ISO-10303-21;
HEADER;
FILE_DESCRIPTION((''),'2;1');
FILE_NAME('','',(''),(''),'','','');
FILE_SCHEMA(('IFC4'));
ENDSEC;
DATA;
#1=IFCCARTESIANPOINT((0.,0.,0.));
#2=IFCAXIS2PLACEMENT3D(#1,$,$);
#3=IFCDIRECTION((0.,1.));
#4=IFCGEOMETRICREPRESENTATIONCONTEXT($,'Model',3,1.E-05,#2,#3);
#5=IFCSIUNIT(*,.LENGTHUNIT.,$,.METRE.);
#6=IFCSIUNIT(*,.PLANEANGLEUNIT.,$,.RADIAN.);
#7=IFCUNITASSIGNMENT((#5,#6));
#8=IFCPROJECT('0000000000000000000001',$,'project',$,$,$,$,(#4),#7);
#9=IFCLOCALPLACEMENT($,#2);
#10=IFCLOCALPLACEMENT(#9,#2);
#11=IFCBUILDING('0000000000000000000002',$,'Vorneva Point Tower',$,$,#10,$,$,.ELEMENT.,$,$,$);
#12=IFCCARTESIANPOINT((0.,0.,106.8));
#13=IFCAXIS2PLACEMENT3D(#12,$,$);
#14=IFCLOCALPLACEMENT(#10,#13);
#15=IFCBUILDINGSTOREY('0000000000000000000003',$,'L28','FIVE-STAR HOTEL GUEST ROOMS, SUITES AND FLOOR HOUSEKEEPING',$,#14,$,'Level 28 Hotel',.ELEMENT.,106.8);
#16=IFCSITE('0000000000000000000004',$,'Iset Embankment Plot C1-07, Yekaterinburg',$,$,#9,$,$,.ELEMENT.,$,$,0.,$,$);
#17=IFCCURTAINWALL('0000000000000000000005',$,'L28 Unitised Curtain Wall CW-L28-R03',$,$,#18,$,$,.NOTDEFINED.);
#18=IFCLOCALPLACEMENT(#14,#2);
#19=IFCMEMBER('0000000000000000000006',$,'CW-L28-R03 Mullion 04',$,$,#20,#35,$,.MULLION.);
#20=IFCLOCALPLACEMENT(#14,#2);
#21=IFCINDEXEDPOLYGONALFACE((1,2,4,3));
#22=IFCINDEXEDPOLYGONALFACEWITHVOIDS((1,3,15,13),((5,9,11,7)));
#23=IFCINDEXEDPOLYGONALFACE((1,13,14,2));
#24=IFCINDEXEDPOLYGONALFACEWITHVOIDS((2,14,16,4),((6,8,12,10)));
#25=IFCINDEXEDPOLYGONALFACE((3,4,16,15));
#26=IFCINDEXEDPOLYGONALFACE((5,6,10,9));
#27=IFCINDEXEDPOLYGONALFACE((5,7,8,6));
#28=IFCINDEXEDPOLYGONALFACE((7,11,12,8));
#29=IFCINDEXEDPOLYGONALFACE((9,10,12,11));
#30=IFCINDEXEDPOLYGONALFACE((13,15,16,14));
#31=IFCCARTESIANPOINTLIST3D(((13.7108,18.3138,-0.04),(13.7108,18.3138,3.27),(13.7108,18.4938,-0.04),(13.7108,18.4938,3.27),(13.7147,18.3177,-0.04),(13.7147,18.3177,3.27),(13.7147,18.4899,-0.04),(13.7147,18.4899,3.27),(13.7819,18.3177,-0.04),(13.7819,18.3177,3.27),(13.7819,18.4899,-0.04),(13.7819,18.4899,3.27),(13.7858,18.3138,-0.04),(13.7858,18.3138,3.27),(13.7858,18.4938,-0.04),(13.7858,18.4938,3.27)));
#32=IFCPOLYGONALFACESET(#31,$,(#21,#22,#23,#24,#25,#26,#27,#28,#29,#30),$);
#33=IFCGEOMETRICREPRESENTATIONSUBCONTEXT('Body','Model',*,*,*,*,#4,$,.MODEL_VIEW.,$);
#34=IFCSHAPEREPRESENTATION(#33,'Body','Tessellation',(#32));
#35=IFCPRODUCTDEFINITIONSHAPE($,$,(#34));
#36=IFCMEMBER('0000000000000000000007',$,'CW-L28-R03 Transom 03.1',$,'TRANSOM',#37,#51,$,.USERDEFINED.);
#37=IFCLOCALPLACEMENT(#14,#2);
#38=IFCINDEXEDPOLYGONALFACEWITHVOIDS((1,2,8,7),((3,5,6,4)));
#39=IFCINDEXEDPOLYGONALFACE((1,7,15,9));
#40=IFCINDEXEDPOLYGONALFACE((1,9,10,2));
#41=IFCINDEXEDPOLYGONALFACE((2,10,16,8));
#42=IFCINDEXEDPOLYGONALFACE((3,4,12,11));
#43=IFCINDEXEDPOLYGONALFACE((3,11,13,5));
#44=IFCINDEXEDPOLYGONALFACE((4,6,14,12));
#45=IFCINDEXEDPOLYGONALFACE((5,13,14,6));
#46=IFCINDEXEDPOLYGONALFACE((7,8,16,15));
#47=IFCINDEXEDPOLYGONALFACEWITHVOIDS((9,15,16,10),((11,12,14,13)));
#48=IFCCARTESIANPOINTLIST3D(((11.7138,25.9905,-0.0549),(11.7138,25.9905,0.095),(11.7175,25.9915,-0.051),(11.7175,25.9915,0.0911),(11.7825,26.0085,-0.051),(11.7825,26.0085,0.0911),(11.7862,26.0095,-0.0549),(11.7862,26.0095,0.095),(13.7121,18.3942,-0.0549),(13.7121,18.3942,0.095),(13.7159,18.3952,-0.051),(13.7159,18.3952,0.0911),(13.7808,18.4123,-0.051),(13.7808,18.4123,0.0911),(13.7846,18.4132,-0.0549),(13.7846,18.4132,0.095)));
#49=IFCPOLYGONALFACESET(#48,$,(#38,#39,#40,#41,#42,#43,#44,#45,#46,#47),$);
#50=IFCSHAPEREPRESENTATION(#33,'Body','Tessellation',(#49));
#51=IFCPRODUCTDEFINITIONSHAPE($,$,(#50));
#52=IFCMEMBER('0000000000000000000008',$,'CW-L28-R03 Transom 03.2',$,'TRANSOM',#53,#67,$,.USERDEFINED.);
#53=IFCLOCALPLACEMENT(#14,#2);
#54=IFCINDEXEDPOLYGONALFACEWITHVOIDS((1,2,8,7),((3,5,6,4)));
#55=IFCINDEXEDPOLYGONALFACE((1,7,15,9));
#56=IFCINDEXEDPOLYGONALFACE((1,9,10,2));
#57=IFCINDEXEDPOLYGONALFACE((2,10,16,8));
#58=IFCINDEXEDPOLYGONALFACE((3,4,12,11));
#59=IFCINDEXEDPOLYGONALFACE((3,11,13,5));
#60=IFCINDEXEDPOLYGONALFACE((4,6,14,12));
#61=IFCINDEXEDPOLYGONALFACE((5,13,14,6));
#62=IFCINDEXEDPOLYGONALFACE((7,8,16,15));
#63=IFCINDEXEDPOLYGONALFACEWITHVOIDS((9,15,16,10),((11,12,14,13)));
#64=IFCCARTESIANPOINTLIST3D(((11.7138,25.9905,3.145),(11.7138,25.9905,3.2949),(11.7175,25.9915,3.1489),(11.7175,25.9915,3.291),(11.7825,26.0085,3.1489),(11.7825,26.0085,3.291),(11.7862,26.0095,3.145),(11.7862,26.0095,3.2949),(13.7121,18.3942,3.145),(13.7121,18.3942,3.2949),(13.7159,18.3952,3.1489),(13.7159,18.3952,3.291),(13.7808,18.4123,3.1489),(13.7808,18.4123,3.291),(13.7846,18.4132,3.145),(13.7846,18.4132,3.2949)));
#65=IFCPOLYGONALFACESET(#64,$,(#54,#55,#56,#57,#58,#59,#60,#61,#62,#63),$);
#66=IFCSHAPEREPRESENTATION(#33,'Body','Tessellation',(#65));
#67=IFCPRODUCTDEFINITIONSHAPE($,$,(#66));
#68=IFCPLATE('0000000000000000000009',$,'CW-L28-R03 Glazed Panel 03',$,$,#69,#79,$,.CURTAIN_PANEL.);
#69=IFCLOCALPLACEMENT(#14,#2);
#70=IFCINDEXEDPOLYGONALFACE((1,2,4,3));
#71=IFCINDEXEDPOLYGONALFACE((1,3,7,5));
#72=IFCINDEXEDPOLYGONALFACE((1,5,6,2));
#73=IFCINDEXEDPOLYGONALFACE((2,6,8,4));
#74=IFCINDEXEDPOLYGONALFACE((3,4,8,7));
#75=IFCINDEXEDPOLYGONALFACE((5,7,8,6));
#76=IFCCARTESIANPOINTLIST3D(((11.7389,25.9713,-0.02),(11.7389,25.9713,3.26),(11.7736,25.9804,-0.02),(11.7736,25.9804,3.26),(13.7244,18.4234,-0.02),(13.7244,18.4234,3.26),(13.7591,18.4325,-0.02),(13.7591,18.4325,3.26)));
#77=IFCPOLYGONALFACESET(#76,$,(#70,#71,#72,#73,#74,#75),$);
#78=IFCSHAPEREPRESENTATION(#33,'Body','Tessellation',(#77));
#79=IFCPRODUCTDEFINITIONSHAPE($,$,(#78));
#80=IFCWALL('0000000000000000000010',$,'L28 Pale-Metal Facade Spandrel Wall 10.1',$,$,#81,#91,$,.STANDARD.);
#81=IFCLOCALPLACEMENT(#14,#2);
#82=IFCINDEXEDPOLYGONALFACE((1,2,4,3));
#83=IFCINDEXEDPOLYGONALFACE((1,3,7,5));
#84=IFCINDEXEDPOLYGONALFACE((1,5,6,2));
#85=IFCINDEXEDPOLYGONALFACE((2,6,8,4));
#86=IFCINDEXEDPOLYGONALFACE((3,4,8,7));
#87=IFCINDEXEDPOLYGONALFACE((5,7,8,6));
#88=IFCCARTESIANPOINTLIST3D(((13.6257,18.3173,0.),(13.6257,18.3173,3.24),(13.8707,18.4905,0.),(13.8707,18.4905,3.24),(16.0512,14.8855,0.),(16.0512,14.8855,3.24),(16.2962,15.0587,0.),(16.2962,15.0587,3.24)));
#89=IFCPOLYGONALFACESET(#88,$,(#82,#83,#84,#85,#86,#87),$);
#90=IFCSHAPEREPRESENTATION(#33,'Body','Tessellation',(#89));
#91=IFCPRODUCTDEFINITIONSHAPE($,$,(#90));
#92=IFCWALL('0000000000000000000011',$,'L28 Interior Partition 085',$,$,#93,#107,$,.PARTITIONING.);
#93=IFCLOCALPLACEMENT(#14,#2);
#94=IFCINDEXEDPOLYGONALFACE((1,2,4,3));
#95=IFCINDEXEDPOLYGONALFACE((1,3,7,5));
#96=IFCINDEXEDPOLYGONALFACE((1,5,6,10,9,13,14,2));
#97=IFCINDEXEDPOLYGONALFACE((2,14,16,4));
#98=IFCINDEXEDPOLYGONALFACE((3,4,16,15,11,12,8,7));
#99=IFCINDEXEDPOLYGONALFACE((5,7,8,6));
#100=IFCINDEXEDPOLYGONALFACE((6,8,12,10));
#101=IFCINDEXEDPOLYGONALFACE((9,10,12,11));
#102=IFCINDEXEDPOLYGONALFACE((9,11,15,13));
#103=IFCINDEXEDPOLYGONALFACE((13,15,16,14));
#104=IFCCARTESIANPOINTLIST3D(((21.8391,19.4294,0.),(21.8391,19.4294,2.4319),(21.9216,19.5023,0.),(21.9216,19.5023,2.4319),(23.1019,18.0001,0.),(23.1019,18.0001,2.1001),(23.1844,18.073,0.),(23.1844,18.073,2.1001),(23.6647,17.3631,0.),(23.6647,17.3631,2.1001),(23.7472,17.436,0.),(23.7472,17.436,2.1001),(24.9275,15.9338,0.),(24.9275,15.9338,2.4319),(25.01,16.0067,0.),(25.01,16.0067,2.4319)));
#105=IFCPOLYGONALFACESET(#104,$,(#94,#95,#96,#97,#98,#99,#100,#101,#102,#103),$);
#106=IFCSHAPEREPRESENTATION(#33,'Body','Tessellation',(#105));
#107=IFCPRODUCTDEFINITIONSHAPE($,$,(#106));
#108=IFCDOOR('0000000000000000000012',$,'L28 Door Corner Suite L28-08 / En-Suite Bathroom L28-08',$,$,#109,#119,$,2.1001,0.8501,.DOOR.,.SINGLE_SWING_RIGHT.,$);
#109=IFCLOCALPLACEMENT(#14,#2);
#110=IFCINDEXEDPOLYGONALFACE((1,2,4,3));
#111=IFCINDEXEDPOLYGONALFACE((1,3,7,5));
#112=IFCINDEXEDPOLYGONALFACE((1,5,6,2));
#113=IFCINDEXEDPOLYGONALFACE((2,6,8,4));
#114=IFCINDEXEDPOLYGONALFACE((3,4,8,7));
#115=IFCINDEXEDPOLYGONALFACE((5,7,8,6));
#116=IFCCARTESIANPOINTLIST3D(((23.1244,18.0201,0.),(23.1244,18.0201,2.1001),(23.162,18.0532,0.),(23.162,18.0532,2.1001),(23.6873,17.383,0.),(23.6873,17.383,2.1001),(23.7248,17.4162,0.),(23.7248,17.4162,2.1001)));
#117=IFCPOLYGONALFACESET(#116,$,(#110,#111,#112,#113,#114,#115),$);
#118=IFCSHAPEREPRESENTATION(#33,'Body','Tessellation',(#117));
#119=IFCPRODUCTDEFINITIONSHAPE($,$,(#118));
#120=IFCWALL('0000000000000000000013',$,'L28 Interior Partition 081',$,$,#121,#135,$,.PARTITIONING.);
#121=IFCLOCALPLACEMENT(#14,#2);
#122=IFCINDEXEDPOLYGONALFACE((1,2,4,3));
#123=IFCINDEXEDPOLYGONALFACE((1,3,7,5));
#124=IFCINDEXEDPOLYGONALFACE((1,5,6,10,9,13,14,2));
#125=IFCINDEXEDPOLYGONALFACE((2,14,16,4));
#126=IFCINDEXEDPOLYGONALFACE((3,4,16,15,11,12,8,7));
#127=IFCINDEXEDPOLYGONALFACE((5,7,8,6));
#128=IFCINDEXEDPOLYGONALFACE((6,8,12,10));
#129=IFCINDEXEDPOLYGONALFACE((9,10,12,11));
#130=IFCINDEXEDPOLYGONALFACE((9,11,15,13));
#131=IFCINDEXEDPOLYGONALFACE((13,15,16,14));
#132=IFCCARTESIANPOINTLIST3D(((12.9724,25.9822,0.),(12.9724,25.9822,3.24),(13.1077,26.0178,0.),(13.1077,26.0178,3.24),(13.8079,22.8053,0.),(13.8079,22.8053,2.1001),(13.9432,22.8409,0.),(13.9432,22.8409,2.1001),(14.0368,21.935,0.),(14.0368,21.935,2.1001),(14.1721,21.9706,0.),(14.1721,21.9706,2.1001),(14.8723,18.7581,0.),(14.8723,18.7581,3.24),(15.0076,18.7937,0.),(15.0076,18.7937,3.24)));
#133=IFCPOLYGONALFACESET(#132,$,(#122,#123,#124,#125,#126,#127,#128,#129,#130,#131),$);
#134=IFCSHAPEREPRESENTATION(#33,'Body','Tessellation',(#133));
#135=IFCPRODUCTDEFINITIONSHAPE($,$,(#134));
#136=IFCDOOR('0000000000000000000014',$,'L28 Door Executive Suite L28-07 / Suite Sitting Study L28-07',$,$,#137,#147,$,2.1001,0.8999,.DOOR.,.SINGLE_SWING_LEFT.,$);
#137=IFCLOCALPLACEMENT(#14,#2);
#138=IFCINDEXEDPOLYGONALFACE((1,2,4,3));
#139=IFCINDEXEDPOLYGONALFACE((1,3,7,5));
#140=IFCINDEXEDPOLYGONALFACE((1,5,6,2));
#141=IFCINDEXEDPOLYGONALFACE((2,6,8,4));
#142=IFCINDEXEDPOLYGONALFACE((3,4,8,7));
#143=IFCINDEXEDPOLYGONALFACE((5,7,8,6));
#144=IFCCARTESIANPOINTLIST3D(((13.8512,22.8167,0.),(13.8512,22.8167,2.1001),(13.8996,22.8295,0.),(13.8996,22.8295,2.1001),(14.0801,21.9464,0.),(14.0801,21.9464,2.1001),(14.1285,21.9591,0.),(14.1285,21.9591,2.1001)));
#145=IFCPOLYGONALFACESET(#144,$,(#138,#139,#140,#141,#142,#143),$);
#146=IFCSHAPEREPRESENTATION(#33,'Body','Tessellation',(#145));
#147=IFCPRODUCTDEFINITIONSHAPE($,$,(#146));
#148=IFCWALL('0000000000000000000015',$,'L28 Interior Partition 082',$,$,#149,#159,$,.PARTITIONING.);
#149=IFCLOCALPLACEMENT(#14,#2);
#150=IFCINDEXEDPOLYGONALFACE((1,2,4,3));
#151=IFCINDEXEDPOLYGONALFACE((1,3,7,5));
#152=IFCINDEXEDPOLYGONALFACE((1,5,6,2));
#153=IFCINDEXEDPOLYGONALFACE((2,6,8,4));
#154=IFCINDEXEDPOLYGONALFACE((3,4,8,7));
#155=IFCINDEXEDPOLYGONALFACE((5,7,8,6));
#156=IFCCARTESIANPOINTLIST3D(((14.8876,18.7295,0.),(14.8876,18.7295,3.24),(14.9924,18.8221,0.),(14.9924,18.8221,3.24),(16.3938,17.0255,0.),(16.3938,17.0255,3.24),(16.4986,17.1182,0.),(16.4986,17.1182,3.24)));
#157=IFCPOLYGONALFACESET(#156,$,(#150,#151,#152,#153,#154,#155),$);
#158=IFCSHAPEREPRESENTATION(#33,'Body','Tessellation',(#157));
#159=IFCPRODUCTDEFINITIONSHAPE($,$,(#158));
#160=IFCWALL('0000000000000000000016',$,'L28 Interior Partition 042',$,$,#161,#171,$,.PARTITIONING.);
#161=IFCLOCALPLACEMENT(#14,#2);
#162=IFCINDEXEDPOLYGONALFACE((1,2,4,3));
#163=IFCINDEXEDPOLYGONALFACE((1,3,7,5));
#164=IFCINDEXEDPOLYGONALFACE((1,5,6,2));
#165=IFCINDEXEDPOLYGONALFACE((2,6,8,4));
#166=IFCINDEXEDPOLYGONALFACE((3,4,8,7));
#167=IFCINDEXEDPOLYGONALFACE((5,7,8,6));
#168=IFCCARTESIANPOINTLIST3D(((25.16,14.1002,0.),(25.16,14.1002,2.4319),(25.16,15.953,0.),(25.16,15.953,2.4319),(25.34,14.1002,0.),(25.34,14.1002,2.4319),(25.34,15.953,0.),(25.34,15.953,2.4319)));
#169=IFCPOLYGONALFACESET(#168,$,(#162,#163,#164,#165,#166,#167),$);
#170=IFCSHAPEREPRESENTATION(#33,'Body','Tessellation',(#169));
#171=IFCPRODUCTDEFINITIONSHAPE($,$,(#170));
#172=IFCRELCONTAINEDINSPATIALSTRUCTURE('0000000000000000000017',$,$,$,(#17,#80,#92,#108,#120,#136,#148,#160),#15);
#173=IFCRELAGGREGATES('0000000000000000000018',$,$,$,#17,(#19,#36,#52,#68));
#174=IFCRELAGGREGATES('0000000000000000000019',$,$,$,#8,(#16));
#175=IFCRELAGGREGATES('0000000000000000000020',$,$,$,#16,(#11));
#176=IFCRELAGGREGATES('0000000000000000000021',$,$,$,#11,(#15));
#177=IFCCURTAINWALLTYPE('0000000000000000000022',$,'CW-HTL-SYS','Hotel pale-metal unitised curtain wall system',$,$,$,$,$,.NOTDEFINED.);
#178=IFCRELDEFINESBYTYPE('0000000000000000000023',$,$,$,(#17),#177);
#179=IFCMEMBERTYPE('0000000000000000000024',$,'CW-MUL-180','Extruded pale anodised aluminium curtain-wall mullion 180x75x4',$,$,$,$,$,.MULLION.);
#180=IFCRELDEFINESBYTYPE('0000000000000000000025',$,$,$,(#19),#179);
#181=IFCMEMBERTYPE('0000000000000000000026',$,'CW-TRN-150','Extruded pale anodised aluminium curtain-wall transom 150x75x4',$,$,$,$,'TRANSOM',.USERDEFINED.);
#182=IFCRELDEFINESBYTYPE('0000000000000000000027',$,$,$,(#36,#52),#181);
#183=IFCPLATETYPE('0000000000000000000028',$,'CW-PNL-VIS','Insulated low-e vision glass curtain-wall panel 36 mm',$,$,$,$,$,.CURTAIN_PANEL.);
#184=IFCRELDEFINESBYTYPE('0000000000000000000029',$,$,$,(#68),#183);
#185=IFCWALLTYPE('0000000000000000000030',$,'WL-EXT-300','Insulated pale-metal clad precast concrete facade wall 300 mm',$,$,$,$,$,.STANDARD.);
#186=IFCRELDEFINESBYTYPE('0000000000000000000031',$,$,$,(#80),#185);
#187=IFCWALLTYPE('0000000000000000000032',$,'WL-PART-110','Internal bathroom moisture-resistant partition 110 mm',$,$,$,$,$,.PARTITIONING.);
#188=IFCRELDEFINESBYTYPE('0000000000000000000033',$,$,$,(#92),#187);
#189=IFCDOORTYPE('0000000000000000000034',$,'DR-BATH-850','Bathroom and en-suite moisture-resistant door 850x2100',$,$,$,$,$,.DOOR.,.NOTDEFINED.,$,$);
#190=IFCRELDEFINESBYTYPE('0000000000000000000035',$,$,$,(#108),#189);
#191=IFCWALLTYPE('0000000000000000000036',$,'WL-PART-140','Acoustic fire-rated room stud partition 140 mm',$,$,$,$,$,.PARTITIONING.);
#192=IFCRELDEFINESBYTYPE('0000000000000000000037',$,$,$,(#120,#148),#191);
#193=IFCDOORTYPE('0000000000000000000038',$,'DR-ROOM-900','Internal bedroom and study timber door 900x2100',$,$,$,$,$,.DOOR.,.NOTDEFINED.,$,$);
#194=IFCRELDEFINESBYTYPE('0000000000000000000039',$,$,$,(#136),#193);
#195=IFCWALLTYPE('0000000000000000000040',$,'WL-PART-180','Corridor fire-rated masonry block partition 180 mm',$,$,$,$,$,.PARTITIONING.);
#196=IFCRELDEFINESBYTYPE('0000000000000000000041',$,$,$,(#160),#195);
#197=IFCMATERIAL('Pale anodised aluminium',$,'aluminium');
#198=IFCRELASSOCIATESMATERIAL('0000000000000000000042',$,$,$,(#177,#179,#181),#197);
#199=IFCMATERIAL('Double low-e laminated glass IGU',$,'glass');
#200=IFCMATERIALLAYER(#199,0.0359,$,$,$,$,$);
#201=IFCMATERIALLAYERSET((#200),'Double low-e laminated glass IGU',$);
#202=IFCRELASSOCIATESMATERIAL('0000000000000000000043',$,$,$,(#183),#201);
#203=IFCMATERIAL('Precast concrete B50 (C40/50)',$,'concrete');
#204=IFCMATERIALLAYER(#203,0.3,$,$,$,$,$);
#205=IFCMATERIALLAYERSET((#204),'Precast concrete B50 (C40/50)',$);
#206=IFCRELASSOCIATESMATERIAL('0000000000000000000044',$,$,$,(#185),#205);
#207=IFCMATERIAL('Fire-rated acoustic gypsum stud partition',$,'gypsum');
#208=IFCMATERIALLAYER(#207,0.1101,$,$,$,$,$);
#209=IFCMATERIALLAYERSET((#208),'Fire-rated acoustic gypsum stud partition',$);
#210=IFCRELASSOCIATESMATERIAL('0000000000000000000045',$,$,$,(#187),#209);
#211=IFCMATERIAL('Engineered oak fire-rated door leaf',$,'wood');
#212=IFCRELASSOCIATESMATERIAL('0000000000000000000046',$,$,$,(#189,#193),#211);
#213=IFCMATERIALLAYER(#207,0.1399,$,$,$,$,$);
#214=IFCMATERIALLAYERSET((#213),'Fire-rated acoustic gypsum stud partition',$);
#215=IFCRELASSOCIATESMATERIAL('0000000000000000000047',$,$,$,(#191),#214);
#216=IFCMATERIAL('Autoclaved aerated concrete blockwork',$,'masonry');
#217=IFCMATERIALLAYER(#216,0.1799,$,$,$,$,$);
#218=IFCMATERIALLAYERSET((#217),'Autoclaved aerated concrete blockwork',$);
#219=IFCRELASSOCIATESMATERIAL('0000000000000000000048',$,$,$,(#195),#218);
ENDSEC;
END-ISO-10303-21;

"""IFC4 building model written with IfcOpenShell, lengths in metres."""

from ifc_helpers import new_model, si_unit, direction, frame, frame_2d, origin, origin_2d, place, context, subcontext, project, spatial, rectangle, hollow_rectangle, extrude, material, layer, layer_set, material_profile, profile_set, type_object, element, fill, aggregate, save


model = new_model("IFC4")

# Units and contexts
model_context = context("Model", 3, precision=1e-05, world=origin(), true_north=direction((0.0, 1.0)))
body_context = subcontext(model_context, "Body", "Model", "MODEL_VIEW")
ifc_project = project(units=[si_unit("LENGTHUNIT", "METRE"), si_unit("PLANEANGLEUNIT", "RADIAN")], contexts=[model_context])

# Site, building, storey
site_placement = place(None, origin())
site = spatial("IfcSite", under=ifc_project, at=site_placement, Name="Iset Embankment Plot C1-07, Yekaterinburg", CompositionType="ELEMENT", RefElevation=0.0)
building_placement = place(site_placement, origin())
building = spatial("IfcBuilding", under=site, at=building_placement, Name="Vorneva Point Tower", CompositionType="ELEMENT")
storey_placement = place(building_placement, frame((0.0, 0.0, 106.8)))
storey = spatial("IfcBuildingStorey", under=building, at=storey_placement, Name="L28", Description="FIVE-STAR HOTEL GUEST ROOMS, SUITES AND FLOOR HOUSEKEEPING", LongName="Level 28 Hotel", CompositionType="ELEMENT", Elevation=106.8)

# Curtain wall, members, plate
ifc_material_1 = material(Name="Pale anodised aluminium", Category="aluminium")
curtain_wall_type = type_object("IfcCurtainWallType", Name="CW-HTL-SYS", Description="Hotel pale-metal unitised curtain wall system", PredefinedType="NOTDEFINED", material=ifc_material_1)
curtain_wall_placement = place(storey_placement, origin())
curtain_wall = element("IfcCurtainWall", 1, at=curtain_wall_placement, inside=storey, type_object=curtain_wall_type, Name="L28 Unitised Curtain Wall CW-L28-R03", PredefinedType="NOTDEFINED")
ifc_material_profile_1 = material_profile(ifc_material_1, hollow_rectangle(XDim=0.075, YDim=0.1799, WallThickness=0.0039, at=origin_2d()), Name="AL-MUL 180x75x4")
ifc_profile_set_1 = profile_set([ifc_material_profile_1], Name="Pale anodised aluminium")
member_type_1 = type_object("IfcMemberType", Name="CW-MUL-180", Description="Extruded pale anodised aluminium curtain-wall mullion 180x75x4", PredefinedType="MULLION", material=ifc_profile_set_1)
member_1_placement = place(storey_placement, frame((13.7483, 18.4038, -0.04), z_axis=(0.0, 0.0, 1.0), x_axis=(1.0, 0.0, 0.0)))
member_1 = element("IfcMember", 2, at=member_1_placement, type_object=member_type_1, Name="CW-L28-R03 Mullion 04", PredefinedType="MULLION", context=body_context, shape_type="SweptSolid", body=[
    extrude(hollow_rectangle(XDim=0.075, YDim=0.1799, WallThickness=0.0039, at=origin_2d()), origin(), (0.0, 0.0, 1.0), 3.3101),
])
ifc_material_profile_2 = material_profile(ifc_material_1, hollow_rectangle(XDim=0.075, YDim=0.1499, WallThickness=0.0039, at=origin_2d()), Name="AL-TRN 150x75x4")
ifc_profile_set_2 = profile_set([ifc_material_profile_2], Name="Pale anodised aluminium")
member_type_2 = type_object("IfcMemberType", Name="CW-TRN-150", Description="Extruded pale anodised aluminium curtain-wall transom 150x75x4", ElementType="TRANSOM", PredefinedType="USERDEFINED", material=ifc_profile_set_2)
member_2_placement = place(storey_placement, frame((11.75, 26.0, 0.02), z_axis=(0.254409, -0.967097, 0.0), x_axis=(0.967097, 0.254409, 0.0)))
member_2 = element("IfcMember", 3, at=member_2_placement, type_object=member_type_2, Name="CW-L28-R03 Transom 03.1", ObjectType="TRANSOM", PredefinedType="USERDEFINED", context=body_context, shape_type="SweptSolid", body=[
    extrude(hollow_rectangle(XDim=0.075, YDim=0.1499, WallThickness=0.0039, at=origin_2d()), origin(), (0.0, 0.0, 1.0), 7.8547),
])
member_3_placement = place(storey_placement, frame((11.75, 26.0, 3.22), z_axis=(0.254409, -0.967097, 0.0), x_axis=(0.967097, 0.254409, 0.0)))
member_3 = element("IfcMember", 4, at=member_3_placement, type_object=member_type_2, Name="CW-L28-R03 Transom 03.2", ObjectType="TRANSOM", PredefinedType="USERDEFINED", context=body_context, shape_type="SweptSolid", body=[
    extrude(hollow_rectangle(XDim=0.075, YDim=0.1499, WallThickness=0.0039, at=origin_2d()), origin(), (0.0, 0.0, 1.0), 7.8547),
])
ifc_material_2 = material(Name="Double low-e laminated glass IGU", Category="glass")
ifc_layer_1 = layer(ifc_material_2, 0.0359)
ifc_layer_set_1 = layer_set([ifc_layer_1], Name="Double low-e laminated glass IGU")
plate_type = type_object("IfcPlateType", Name="CW-PNL-VIS", Description="Insulated low-e vision glass curtain-wall panel 36 mm", PredefinedType="CURTAIN_PANEL", material=ifc_layer_set_1)
plate_placement = place(storey_placement, frame((12.749, 22.2019, -0.02), z_axis=(0.0, 0.0, 1.0), x_axis=(0.254399, -0.967099, 0.0)))
plate = element("IfcPlate", 5, at=plate_placement, type_object=plate_type, Name="CW-L28-R03 Glazed Panel 03", PredefinedType="CURTAIN_PANEL", context=body_context, shape_type="SweptSolid", body=[
    extrude(rectangle(XDim=7.8047, YDim=0.0359, at=origin_2d()), origin(), (0.0, 0.0, 1.0), 3.28),
])
aggregate(curtain_wall, [member_1, member_2, member_3, plate])

# Wall
ifc_material_3 = material(Name="Precast concrete B50 (C40/50)", Category="concrete")
ifc_layer_2 = layer(ifc_material_3, 0.3)
ifc_layer_set_2 = layer_set([ifc_layer_2], Name="Precast concrete B50 (C40/50)")
wall_type_1 = type_object("IfcWallType", Name="WL-EXT-300", Description="Insulated pale-metal clad precast concrete facade wall 300 mm", PredefinedType="STANDARD", material=ifc_layer_set_2)
wall_1_placement = place(storey_placement, frame((13.7483, 18.4038, 0.0), z_axis=(0.0, 0.0, 1.0), x_axis=(0.577164, -0.816628, 0.0)))
element("IfcWall", 6, at=wall_1_placement, inside=storey, type_object=wall_type_1, Name="L28 Pale-Metal Facade Spandrel Wall 10.1", PredefinedType="STANDARD", context=body_context, shape_type="SweptSolid", body=[
    extrude(rectangle(XDim=4.2024, YDim=0.3, at=frame_2d((2.1011, 0.0))), origin(), (0.0, 0.0, 1.0), 3.24),
])

# Walls, openings, doors
ifc_material_4 = material(Name="Fire-rated acoustic gypsum stud partition", Category="gypsum")
ifc_layer_3 = layer(ifc_material_4, 0.1101)
ifc_layer_set_3 = layer_set([ifc_layer_3], Name="Fire-rated acoustic gypsum stud partition")
wall_type_2 = type_object("IfcWallType", Name="WL-PART-110", Description="Internal bathroom moisture-resistant partition 110 mm", PredefinedType="PARTITIONING", material=ifc_layer_set_3)
wall_2_placement = place(storey_placement, frame((24.9688, 15.9702, 0.0), z_axis=(0.0, 0.0, 1.0), x_axis=(-0.662106, 0.74941, 0.0)))
wall_2 = element("IfcWall", 7, at=wall_2_placement, inside=storey, type_object=wall_type_2, Name="L28 Interior Partition 085", PredefinedType="PARTITIONING", context=body_context, shape_type="SweptSolid", body=[
    extrude(rectangle(XDim=4.6646, YDim=0.1101, at=frame_2d((2.3323, 0.0))), origin(), (0.0, 0.0, 1.0), 2.4319),
])
opening_1_placement = place(wall_2_placement, frame((1.9072, 0.0, 0.0)))
opening_1 = element("IfcOpeningElement", 8, at=opening_1_placement, cuts=wall_2, PredefinedType="OPENING", context=body_context, shape_type="SweptSolid", body=[
    extrude(rectangle(XDim=0.8501, YDim=2.1001, at=frame_2d((0.425, 1.05))), frame((0.0, 0.0698, 0.0), z_axis=(0.0, -1.0, 0.0), x_axis=(1.0, 0.0, 0.0)), (0.0, 0.0, 1.0), 0.1399),
])
ifc_material_5 = material(Name="Engineered oak fire-rated door leaf", Category="wood")
door_type_1 = type_object("IfcDoorType", Name="DR-BATH-850", Description="Bathroom and en-suite moisture-resistant door 850x2100", OperationType="NOTDEFINED", PredefinedType="DOOR", material=ifc_material_5)
door_1_placement = place(opening_1_placement, origin())
door_1 = element("IfcDoor", 9, at=door_1_placement, inside=storey, type_object=door_type_1, Name="L28 Door Corner Suite L28-08 / En-Suite Bathroom L28-08", OperationType="SINGLE_SWING_RIGHT", OverallHeight=2.1001, OverallWidth=0.8501, PredefinedType="DOOR", context=body_context, shape_type="SweptSolid", body=[
    extrude(rectangle(XDim=0.8501, YDim=2.1001, at=frame_2d((0.425, 1.05))), frame((0.0, 0.0249, 0.0), z_axis=(0.0, -1.0, 0.0), x_axis=(1.0, 0.0, 0.0)), (0.0, 0.0, 1.0), 0.05),
])
fill(opening_1, door_1)
ifc_layer_4 = layer(ifc_material_4, 0.1399)
ifc_layer_set_4 = layer_set([ifc_layer_4], Name="Fire-rated acoustic gypsum stud partition")
wall_type_3 = type_object("IfcWallType", Name="WL-PART-140", Description="Acoustic fire-rated room stud partition 140 mm", PredefinedType="PARTITIONING", material=ifc_layer_set_4)
wall_3_placement = place(storey_placement, frame((13.04, 26.0, 0.0), z_axis=(0.0, 0.0, 1.0), x_axis=(0.254345, -0.967113, 0.0)))
wall_3 = element("IfcWall", 10, at=wall_3_placement, inside=storey, type_object=wall_type_3, Name="L28 Interior Partition 081", PredefinedType="PARTITIONING", context=body_context, shape_type="SweptSolid", body=[
    extrude(rectangle(XDim=7.4697, YDim=0.1399, at=frame_2d((3.7349, 0.0))), origin(), (0.0, 0.0, 1.0), 3.24),
])
opening_2_placement = place(wall_3_placement, frame((3.2849, 0.0, 0.0)))
opening_2 = element("IfcOpeningElement", 11, at=opening_2_placement, cuts=wall_3, PredefinedType="OPENING", context=body_context, shape_type="SweptSolid", body=[
    extrude(rectangle(XDim=0.8999, YDim=2.1001, at=frame_2d((0.45, 1.05))), frame((0.0, 0.085, 0.0), z_axis=(0.0, -1.0, 0.0), x_axis=(1.0, 0.0, 0.0)), (0.0, 0.0, 1.0), 0.1697),
])
door_type_2 = type_object("IfcDoorType", Name="DR-ROOM-900", Description="Internal bedroom and study timber door 900x2100", OperationType="NOTDEFINED", PredefinedType="DOOR", material=ifc_material_5)
door_2_placement = place(opening_2_placement, origin())
door_2 = element("IfcDoor", 12, at=door_2_placement, inside=storey, type_object=door_type_2, Name="L28 Door Executive Suite L28-07 / Suite Sitting Study L28-07", OperationType="SINGLE_SWING_LEFT", OverallHeight=2.1001, OverallWidth=0.8999, PredefinedType="DOOR", context=body_context, shape_type="SweptSolid", body=[
    extrude(rectangle(XDim=0.8999, YDim=2.1001, at=frame_2d((0.45, 1.05))), frame((0.0, 0.0249, 0.0), z_axis=(0.0, -1.0, 0.0), x_axis=(1.0, 0.0, 0.0)), (0.0, 0.0, 1.0), 0.05),
])
fill(opening_2, door_2)

# Walls
wall_4_placement = place(storey_placement, frame((14.9399, 18.7759, 0.0), z_axis=(0.0, 0.0, 1.0), x_axis=(0.662289, -0.749249, 0.0)))
element("IfcWall", 13, at=wall_4_placement, inside=storey, type_object=wall_type_3, Name="L28 Interior Partition 082", PredefinedType="PARTITIONING", context=body_context, shape_type="SweptSolid", body=[
    extrude(rectangle(XDim=2.2742, YDim=0.1399, at=frame_2d((1.1372, 0.0))), origin(), (0.0, 0.0, 1.0), 3.24),
])
ifc_material_6 = material(Name="Autoclaved aerated concrete blockwork", Category="masonry")
ifc_layer_5 = layer(ifc_material_6, 0.1799)
ifc_layer_set_5 = layer_set([ifc_layer_5], Name="Autoclaved aerated concrete blockwork")
wall_type_4 = type_object("IfcWallType", Name="WL-PART-180", Description="Corridor fire-rated masonry block partition 180 mm", PredefinedType="PARTITIONING", material=ifc_layer_set_5)
wall_5_placement = place(storey_placement, frame((25.25, 15.9529, 0.0), z_axis=(0.0, 0.0, 1.0), x_axis=(0.0, -1.0, 0.0)))
element("IfcWall", 14, at=wall_5_placement, inside=storey, type_object=wall_type_4, Name="L28 Interior Partition 042", PredefinedType="PARTITIONING", context=body_context, shape_type="SweptSolid", body=[
    extrude(rectangle(XDim=1.8528, YDim=0.1799, at=frame_2d((0.9263, 0.0))), origin(), (0.0, 0.0, 1.0), 2.4319),
])

save(model, "model.ifc")
